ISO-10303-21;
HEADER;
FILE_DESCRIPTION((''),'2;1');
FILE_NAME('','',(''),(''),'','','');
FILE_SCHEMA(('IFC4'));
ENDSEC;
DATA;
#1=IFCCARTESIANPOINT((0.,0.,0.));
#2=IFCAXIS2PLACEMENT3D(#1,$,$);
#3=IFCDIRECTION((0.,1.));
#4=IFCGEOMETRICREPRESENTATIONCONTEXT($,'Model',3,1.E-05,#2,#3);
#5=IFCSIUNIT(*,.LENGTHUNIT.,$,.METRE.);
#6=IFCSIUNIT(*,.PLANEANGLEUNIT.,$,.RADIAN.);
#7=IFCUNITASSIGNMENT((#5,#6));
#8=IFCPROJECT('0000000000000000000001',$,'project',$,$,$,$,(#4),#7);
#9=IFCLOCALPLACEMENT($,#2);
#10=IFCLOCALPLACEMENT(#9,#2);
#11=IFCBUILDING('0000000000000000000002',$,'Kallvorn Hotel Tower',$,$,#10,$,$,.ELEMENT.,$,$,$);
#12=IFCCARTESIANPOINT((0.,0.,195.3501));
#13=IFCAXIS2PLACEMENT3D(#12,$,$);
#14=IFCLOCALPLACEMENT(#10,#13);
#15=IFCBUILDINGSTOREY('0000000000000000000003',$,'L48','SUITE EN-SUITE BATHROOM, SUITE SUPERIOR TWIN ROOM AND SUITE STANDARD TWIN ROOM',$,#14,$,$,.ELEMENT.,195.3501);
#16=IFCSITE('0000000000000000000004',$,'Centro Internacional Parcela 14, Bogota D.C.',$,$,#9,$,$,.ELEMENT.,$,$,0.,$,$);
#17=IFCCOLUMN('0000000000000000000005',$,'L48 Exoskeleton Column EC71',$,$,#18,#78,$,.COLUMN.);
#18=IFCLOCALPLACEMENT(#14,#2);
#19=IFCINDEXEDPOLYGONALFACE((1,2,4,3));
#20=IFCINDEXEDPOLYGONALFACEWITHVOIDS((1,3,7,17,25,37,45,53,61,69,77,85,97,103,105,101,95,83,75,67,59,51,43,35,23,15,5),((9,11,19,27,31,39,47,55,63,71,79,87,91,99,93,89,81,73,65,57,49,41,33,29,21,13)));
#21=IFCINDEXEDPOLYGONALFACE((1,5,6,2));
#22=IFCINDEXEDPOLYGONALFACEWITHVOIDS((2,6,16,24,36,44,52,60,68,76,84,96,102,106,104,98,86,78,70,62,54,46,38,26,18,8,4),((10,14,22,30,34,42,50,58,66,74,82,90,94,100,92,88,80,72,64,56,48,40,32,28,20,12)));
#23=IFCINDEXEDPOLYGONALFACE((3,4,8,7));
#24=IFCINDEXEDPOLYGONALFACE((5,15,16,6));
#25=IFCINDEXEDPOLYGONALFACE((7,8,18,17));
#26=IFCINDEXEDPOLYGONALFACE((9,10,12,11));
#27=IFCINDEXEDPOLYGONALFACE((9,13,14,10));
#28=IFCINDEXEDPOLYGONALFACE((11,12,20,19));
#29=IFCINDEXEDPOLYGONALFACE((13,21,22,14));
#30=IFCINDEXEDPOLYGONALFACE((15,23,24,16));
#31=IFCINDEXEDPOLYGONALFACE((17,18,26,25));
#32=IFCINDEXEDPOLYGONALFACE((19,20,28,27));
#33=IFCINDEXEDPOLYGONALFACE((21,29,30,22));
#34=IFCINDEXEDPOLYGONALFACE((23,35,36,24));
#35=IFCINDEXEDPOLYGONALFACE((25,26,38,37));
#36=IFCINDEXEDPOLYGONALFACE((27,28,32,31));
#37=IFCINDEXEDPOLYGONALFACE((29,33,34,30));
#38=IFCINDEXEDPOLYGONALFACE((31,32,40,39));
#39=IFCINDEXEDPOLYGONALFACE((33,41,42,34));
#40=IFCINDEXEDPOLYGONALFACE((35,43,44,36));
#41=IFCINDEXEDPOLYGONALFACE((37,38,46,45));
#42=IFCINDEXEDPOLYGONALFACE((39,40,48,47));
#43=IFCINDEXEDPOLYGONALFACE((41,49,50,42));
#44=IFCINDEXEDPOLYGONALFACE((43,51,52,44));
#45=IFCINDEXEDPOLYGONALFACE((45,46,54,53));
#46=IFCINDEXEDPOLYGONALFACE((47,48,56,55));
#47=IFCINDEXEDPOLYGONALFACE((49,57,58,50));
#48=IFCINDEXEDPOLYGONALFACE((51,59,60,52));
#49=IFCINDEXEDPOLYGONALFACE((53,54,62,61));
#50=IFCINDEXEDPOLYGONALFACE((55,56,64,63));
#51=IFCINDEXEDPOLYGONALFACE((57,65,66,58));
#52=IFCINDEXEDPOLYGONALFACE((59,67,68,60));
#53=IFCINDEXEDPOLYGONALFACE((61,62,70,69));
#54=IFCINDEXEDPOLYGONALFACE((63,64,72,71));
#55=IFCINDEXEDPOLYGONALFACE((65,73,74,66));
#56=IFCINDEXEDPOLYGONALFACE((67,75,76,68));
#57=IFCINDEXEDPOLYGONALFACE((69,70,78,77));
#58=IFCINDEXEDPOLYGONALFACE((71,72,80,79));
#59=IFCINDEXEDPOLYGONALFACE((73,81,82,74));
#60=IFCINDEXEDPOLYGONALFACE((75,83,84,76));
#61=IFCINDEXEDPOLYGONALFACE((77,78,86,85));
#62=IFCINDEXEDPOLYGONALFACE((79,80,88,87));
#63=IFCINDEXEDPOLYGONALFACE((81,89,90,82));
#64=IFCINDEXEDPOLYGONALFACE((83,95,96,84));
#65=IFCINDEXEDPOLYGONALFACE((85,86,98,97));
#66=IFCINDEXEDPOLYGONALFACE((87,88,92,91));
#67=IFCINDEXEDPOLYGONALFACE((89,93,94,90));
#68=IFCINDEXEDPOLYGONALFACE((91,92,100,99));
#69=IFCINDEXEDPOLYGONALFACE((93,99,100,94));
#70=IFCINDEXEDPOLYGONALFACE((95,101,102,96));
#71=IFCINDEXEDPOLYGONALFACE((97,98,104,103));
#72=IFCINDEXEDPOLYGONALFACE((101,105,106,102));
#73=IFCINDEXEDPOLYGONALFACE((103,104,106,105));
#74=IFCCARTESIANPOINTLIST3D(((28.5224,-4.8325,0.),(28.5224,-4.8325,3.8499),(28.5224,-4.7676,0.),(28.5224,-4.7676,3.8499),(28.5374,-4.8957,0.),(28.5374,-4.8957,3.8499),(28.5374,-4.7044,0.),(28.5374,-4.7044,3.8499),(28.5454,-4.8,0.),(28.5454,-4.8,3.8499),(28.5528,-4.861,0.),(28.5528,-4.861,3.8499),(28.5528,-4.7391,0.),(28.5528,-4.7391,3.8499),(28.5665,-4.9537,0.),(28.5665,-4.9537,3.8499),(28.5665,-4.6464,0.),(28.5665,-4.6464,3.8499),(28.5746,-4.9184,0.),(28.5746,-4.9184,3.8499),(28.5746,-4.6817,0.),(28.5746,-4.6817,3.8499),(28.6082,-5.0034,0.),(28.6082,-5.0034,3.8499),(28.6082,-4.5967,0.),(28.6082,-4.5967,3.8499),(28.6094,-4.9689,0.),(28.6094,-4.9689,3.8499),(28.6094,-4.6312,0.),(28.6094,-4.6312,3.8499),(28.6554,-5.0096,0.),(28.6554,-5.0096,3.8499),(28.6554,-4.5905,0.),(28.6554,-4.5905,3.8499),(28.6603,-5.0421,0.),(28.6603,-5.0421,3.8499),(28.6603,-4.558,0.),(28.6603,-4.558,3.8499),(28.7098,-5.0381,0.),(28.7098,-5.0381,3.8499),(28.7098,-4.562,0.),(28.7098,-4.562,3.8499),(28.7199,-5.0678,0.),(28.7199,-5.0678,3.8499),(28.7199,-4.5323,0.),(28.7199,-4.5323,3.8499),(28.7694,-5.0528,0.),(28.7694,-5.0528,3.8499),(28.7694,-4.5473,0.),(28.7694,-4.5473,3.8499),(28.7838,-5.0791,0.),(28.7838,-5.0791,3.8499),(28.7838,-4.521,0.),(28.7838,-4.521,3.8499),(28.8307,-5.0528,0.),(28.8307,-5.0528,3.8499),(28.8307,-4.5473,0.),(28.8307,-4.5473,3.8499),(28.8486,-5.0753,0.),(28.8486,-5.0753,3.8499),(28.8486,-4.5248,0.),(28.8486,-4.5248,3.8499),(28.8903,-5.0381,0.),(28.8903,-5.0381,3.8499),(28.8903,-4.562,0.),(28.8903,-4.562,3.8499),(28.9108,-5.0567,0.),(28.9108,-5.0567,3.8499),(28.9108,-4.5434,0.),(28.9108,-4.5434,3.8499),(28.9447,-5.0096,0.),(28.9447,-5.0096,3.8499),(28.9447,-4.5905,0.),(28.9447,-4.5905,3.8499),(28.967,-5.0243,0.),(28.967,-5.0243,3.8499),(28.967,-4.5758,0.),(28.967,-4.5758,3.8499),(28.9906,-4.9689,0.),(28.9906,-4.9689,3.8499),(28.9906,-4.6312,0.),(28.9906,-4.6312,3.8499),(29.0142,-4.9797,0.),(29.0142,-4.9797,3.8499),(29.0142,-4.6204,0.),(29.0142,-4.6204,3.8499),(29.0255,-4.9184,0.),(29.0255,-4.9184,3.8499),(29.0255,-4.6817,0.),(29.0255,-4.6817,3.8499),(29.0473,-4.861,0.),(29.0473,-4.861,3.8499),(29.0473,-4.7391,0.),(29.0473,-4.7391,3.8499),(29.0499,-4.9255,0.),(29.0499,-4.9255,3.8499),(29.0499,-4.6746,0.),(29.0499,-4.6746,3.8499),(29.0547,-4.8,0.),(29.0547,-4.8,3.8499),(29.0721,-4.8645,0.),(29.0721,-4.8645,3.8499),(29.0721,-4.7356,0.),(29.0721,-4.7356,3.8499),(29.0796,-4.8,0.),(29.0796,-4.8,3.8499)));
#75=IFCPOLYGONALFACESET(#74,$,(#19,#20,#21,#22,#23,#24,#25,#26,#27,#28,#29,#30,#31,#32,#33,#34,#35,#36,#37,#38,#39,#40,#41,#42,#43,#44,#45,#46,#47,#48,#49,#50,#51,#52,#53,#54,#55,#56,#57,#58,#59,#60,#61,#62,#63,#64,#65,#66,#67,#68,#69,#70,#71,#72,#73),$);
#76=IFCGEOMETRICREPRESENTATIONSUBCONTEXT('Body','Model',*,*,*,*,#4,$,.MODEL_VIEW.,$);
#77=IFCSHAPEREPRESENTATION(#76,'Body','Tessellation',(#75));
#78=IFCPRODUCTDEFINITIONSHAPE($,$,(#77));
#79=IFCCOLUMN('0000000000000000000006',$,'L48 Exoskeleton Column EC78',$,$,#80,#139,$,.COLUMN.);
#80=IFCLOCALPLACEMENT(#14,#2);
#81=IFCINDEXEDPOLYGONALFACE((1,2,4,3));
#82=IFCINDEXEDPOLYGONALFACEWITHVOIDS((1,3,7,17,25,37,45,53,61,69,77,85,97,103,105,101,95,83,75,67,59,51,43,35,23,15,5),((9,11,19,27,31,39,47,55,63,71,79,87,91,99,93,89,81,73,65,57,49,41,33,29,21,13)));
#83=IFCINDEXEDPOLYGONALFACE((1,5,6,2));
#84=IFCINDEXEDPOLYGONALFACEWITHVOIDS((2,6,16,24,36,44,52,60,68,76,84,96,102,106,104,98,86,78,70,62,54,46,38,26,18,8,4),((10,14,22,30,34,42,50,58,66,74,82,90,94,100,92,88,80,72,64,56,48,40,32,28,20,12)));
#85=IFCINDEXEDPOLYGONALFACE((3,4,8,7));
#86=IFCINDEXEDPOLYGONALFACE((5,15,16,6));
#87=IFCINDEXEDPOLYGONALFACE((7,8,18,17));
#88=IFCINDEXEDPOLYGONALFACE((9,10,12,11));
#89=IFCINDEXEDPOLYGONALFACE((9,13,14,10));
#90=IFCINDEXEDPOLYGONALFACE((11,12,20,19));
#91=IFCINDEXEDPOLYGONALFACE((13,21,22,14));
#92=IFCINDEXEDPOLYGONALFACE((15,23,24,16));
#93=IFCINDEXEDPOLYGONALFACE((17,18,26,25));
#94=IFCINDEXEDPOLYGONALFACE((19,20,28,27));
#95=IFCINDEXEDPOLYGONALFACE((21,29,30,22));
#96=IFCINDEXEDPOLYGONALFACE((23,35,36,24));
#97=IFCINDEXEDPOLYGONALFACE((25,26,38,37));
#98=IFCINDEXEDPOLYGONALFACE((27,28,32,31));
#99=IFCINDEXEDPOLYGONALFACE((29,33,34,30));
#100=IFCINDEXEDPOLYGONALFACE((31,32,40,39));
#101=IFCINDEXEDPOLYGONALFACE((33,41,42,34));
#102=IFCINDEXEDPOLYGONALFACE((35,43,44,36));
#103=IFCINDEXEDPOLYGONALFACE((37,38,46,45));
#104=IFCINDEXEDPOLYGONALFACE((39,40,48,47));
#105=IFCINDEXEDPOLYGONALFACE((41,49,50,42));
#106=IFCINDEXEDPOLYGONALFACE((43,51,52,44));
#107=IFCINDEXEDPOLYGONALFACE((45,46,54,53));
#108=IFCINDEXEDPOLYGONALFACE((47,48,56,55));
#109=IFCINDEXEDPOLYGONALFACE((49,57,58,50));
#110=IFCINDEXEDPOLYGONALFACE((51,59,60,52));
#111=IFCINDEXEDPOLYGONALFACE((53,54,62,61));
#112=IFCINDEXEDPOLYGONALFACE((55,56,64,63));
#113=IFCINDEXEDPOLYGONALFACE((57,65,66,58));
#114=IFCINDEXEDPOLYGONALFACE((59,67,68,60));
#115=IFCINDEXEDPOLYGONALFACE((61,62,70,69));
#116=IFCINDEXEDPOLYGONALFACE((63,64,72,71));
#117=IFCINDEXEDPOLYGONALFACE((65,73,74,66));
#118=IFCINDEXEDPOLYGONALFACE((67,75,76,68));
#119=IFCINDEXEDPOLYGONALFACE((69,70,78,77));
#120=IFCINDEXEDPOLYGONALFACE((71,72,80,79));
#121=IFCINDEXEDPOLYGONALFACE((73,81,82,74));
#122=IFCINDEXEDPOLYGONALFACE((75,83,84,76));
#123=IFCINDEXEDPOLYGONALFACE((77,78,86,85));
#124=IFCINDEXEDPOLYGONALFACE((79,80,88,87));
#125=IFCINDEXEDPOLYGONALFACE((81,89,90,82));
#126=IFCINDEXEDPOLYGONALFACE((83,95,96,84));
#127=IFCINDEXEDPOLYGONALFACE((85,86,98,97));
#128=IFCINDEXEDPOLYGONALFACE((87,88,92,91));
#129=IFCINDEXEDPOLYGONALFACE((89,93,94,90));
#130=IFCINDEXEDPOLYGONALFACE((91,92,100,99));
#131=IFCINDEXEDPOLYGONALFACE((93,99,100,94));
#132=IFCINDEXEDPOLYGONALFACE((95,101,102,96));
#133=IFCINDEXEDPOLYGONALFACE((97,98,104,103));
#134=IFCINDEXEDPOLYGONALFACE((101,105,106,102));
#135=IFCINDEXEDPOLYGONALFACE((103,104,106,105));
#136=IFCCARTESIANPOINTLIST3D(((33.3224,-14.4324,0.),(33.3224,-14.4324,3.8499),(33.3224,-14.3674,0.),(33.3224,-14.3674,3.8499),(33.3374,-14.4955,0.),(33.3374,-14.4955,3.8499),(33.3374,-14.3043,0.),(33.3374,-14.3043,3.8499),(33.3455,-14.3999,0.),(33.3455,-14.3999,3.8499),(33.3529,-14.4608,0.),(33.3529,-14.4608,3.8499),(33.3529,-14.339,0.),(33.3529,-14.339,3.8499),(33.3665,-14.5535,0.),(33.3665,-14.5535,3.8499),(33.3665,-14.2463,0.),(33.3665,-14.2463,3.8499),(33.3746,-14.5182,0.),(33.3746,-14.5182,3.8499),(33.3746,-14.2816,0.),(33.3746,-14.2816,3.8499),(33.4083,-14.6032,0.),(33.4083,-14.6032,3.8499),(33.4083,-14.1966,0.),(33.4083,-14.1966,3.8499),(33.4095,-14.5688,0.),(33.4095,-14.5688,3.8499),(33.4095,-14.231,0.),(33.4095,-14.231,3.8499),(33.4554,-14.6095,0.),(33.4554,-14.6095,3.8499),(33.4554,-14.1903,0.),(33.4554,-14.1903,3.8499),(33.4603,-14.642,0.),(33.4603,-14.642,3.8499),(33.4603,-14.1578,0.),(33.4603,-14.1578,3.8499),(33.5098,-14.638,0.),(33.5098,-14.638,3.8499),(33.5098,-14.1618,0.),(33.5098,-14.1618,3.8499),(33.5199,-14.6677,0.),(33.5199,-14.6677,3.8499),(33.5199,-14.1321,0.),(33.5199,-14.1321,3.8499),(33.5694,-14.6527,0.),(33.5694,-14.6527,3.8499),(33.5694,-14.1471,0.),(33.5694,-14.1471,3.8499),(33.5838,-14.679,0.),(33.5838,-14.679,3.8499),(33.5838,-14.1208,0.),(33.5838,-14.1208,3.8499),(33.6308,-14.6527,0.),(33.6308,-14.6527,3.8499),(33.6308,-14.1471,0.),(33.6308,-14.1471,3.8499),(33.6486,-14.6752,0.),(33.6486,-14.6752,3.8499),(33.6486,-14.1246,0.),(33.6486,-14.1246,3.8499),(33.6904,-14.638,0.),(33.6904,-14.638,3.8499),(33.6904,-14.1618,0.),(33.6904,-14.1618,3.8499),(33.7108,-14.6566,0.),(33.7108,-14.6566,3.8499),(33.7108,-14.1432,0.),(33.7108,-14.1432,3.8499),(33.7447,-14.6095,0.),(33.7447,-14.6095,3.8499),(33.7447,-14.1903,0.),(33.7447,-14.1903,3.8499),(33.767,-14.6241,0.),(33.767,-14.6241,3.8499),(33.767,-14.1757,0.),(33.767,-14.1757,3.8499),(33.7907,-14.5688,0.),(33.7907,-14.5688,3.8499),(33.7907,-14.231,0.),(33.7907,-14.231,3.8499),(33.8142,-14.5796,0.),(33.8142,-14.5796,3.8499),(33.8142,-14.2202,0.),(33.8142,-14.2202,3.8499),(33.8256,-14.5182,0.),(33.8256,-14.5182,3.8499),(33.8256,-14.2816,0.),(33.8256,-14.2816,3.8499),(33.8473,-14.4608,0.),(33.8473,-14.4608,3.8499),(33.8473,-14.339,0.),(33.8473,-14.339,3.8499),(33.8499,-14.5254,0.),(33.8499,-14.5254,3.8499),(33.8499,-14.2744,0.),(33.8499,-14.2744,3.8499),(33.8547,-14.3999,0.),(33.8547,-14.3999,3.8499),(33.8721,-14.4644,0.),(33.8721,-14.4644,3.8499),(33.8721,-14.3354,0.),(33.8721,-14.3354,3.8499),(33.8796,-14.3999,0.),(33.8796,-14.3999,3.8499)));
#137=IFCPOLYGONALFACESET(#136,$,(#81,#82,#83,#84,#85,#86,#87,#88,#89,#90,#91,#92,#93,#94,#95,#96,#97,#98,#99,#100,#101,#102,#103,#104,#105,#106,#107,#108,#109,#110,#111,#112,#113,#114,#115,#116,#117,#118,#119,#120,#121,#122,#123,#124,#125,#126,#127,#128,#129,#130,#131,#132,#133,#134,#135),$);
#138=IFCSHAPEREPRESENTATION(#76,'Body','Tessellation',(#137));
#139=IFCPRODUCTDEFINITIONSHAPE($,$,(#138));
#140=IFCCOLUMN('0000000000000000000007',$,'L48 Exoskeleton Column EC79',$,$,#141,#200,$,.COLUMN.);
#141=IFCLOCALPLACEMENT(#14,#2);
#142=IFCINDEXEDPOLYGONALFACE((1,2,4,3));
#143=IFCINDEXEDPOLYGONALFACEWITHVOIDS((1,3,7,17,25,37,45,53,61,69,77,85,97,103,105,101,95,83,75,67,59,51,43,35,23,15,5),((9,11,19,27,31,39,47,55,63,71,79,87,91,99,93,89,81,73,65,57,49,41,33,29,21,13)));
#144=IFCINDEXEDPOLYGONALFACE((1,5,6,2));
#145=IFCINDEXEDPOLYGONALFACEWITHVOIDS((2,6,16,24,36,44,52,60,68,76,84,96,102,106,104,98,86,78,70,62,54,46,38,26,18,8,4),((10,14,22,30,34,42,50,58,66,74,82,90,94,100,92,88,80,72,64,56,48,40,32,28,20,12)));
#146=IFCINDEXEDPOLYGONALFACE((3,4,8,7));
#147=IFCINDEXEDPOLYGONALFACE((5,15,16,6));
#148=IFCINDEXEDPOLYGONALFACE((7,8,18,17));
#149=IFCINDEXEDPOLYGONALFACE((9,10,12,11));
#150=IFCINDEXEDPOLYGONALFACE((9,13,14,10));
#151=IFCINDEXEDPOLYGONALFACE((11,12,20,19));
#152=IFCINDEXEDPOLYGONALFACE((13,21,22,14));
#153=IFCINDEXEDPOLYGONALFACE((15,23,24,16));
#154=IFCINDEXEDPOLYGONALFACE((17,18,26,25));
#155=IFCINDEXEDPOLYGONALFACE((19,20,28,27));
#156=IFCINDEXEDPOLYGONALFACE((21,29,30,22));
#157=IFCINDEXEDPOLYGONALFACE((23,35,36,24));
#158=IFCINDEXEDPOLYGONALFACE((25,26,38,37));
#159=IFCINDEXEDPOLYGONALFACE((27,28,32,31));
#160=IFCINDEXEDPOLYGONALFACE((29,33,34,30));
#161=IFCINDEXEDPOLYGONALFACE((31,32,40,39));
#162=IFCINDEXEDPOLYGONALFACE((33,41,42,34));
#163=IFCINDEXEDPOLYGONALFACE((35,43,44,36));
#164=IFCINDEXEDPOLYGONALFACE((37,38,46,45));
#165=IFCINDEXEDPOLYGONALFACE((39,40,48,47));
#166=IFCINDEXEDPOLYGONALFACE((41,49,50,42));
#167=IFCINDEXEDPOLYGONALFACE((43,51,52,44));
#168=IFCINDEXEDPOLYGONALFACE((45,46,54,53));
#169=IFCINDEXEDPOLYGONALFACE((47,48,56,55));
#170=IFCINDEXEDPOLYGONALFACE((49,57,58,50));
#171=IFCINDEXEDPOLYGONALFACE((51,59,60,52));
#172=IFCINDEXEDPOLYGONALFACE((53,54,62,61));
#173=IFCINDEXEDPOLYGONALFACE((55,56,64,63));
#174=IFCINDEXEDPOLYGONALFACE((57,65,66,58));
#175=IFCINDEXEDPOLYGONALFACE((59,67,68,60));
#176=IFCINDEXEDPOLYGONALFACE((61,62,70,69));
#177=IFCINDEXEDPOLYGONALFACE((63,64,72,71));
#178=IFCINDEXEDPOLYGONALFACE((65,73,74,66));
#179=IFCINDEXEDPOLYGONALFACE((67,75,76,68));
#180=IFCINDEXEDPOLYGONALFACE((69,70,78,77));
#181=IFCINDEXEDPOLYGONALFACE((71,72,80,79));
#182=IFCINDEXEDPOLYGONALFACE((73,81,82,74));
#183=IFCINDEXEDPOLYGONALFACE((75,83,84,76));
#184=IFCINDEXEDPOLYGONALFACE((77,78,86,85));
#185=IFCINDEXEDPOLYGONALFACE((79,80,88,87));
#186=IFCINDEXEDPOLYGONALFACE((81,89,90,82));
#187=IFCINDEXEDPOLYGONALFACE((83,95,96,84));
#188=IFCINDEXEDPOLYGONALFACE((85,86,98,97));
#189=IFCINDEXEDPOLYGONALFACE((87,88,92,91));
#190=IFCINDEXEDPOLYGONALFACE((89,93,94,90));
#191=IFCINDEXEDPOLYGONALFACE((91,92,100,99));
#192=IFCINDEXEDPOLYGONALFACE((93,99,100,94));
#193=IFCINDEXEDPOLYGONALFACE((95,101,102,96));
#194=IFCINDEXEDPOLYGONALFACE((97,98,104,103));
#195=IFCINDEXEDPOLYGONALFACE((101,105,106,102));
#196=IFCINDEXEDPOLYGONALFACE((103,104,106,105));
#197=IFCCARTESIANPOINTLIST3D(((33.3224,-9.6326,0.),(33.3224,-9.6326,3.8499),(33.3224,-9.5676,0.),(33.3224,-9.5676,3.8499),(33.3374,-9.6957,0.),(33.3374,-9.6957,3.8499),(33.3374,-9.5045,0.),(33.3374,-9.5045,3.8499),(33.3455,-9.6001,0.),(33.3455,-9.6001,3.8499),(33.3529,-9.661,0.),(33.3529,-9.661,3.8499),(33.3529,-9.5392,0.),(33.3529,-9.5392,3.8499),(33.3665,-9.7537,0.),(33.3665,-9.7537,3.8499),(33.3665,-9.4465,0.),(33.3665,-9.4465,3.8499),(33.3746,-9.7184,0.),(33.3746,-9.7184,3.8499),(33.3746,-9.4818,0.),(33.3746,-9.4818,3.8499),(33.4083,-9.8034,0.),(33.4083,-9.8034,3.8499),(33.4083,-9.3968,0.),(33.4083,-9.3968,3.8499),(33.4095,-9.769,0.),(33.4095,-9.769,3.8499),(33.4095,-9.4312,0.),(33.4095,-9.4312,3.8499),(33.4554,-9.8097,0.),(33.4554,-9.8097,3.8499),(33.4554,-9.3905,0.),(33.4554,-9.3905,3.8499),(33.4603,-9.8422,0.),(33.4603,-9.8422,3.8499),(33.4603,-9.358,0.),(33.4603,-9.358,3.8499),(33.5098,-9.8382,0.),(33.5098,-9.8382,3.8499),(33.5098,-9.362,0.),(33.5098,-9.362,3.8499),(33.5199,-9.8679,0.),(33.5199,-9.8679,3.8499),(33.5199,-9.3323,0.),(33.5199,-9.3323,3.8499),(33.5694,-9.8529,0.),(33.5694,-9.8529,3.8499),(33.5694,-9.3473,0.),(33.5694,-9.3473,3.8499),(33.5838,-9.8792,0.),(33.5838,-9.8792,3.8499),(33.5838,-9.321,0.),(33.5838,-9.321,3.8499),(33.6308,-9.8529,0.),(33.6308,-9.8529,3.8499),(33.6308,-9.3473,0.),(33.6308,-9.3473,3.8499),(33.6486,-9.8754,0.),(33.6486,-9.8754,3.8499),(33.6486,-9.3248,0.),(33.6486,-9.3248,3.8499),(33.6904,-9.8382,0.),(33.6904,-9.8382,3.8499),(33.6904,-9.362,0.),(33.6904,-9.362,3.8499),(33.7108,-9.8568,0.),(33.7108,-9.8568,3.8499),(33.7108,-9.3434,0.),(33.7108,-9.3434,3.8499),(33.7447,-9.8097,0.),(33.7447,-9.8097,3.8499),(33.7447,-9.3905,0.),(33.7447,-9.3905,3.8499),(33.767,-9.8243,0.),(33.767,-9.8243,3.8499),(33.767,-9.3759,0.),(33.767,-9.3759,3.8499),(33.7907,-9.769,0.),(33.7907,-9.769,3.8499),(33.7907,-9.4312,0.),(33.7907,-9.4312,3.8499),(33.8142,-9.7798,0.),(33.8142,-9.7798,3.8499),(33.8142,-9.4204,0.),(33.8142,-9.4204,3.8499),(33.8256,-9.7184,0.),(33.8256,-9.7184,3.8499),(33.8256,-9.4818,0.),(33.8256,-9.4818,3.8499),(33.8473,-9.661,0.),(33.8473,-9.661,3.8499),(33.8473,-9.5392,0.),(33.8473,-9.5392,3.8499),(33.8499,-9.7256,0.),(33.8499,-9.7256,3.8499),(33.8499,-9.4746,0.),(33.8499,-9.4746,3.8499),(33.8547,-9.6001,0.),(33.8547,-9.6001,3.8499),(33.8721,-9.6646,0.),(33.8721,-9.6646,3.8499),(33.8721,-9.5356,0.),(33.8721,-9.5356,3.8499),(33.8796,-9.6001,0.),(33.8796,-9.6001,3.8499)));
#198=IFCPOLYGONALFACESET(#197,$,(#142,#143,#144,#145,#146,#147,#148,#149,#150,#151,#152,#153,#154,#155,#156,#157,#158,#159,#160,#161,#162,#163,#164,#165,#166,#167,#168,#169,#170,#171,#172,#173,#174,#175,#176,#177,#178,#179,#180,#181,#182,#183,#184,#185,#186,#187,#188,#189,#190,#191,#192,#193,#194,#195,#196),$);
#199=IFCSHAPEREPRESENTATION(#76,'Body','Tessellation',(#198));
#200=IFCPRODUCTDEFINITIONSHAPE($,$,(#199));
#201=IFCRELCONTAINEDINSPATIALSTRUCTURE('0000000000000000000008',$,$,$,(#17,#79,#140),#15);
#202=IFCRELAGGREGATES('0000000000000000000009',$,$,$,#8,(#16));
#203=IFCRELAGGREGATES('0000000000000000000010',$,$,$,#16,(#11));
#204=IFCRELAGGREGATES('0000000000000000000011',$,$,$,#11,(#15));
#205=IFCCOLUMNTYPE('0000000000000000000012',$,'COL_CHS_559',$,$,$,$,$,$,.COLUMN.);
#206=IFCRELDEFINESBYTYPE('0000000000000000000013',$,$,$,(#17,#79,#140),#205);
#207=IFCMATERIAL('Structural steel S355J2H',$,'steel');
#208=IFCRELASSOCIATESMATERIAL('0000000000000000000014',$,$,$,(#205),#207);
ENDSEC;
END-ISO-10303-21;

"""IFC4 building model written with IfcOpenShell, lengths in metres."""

from ifc_helpers import new_model, si_unit, direction, frame, origin, origin_2d, place, context, subcontext, project, spatial, hollow_circle, extrude, material, material_profile, profile_set, type_object, element, save


model = new_model("IFC4")

# Units and contexts
model_context = context("Model", 3, precision=1e-05, world=origin(), true_north=direction((0.0, 1.0)))
body_context = subcontext(model_context, "Body", "Model", "MODEL_VIEW")
ifc_project = project(units=[si_unit("LENGTHUNIT", "METRE"), si_unit("PLANEANGLEUNIT", "RADIAN")], contexts=[model_context])

# Site, building, storey
site_placement = place(None, origin())
site = spatial("IfcSite", under=ifc_project, at=site_placement, Name="Centro Internacional Parcela 14, Bogota D.C.", CompositionType="ELEMENT", RefElevation=0.0)
building_placement = place(site_placement, origin())
building = spatial("IfcBuilding", under=site, at=building_placement, Name="Kallvorn Hotel Tower", CompositionType="ELEMENT")
storey_placement = place(building_placement, frame((0.0, 0.0, 195.3501)))
storey = spatial("IfcBuildingStorey", under=building, at=storey_placement, Name="L48", Description="SUITE EN-SUITE BATHROOM, SUITE SUPERIOR TWIN ROOM AND SUITE STANDARD TWIN ROOM", CompositionType="ELEMENT", Elevation=195.3501)

# Columns
ifc_material_1 = material(Name="Structural steel S355J2H", Category="steel")
ifc_material_profile_1 = material_profile(ifc_material_1, hollow_circle(Radius=0.2795, WallThickness=0.0249, at=origin_2d()), Name="CHS 559x25")
ifc_profile_set_1 = profile_set([ifc_material_profile_1], Name="Structural steel S355J2H")
column_type_1 = type_object("IfcColumnType", Name="COL_CHS_559", PredefinedType="COLUMN", material=ifc_profile_set_1)
for number, where, z_axis, x_axis, name in (
    (1, (28.8, -4.8, 0.0), (0.0, 0.0, 1.0), (1.0, 0.0, 0.0), "L48 Exoskeleton Column EC71"),
    (2, (33.6001, -14.3999, 0.0), (0.0, 0.0, 1.0), (1.0, 0.0, 0.0), "L48 Exoskeleton Column EC78"),
    (3, (33.6001, -9.6001, 0.0), (0.0, 0.0, 1.0), (1.0, 0.0, 0.0), "L48 Exoskeleton Column EC79"),
):
    element("IfcColumn", number, at=place(storey_placement, frame(where, z_axis=z_axis, x_axis=x_axis)), inside=storey, type_object=column_type_1, Name=name, PredefinedType="COLUMN", context=body_context, shape_type="SweptSolid", body=[
        extrude(hollow_circle(Radius=0.2795, WallThickness=0.0249, at=origin_2d()), origin(), (0.0, 0.0, 1.0), 3.8499),
    ])

save(model, "model.ifc")
